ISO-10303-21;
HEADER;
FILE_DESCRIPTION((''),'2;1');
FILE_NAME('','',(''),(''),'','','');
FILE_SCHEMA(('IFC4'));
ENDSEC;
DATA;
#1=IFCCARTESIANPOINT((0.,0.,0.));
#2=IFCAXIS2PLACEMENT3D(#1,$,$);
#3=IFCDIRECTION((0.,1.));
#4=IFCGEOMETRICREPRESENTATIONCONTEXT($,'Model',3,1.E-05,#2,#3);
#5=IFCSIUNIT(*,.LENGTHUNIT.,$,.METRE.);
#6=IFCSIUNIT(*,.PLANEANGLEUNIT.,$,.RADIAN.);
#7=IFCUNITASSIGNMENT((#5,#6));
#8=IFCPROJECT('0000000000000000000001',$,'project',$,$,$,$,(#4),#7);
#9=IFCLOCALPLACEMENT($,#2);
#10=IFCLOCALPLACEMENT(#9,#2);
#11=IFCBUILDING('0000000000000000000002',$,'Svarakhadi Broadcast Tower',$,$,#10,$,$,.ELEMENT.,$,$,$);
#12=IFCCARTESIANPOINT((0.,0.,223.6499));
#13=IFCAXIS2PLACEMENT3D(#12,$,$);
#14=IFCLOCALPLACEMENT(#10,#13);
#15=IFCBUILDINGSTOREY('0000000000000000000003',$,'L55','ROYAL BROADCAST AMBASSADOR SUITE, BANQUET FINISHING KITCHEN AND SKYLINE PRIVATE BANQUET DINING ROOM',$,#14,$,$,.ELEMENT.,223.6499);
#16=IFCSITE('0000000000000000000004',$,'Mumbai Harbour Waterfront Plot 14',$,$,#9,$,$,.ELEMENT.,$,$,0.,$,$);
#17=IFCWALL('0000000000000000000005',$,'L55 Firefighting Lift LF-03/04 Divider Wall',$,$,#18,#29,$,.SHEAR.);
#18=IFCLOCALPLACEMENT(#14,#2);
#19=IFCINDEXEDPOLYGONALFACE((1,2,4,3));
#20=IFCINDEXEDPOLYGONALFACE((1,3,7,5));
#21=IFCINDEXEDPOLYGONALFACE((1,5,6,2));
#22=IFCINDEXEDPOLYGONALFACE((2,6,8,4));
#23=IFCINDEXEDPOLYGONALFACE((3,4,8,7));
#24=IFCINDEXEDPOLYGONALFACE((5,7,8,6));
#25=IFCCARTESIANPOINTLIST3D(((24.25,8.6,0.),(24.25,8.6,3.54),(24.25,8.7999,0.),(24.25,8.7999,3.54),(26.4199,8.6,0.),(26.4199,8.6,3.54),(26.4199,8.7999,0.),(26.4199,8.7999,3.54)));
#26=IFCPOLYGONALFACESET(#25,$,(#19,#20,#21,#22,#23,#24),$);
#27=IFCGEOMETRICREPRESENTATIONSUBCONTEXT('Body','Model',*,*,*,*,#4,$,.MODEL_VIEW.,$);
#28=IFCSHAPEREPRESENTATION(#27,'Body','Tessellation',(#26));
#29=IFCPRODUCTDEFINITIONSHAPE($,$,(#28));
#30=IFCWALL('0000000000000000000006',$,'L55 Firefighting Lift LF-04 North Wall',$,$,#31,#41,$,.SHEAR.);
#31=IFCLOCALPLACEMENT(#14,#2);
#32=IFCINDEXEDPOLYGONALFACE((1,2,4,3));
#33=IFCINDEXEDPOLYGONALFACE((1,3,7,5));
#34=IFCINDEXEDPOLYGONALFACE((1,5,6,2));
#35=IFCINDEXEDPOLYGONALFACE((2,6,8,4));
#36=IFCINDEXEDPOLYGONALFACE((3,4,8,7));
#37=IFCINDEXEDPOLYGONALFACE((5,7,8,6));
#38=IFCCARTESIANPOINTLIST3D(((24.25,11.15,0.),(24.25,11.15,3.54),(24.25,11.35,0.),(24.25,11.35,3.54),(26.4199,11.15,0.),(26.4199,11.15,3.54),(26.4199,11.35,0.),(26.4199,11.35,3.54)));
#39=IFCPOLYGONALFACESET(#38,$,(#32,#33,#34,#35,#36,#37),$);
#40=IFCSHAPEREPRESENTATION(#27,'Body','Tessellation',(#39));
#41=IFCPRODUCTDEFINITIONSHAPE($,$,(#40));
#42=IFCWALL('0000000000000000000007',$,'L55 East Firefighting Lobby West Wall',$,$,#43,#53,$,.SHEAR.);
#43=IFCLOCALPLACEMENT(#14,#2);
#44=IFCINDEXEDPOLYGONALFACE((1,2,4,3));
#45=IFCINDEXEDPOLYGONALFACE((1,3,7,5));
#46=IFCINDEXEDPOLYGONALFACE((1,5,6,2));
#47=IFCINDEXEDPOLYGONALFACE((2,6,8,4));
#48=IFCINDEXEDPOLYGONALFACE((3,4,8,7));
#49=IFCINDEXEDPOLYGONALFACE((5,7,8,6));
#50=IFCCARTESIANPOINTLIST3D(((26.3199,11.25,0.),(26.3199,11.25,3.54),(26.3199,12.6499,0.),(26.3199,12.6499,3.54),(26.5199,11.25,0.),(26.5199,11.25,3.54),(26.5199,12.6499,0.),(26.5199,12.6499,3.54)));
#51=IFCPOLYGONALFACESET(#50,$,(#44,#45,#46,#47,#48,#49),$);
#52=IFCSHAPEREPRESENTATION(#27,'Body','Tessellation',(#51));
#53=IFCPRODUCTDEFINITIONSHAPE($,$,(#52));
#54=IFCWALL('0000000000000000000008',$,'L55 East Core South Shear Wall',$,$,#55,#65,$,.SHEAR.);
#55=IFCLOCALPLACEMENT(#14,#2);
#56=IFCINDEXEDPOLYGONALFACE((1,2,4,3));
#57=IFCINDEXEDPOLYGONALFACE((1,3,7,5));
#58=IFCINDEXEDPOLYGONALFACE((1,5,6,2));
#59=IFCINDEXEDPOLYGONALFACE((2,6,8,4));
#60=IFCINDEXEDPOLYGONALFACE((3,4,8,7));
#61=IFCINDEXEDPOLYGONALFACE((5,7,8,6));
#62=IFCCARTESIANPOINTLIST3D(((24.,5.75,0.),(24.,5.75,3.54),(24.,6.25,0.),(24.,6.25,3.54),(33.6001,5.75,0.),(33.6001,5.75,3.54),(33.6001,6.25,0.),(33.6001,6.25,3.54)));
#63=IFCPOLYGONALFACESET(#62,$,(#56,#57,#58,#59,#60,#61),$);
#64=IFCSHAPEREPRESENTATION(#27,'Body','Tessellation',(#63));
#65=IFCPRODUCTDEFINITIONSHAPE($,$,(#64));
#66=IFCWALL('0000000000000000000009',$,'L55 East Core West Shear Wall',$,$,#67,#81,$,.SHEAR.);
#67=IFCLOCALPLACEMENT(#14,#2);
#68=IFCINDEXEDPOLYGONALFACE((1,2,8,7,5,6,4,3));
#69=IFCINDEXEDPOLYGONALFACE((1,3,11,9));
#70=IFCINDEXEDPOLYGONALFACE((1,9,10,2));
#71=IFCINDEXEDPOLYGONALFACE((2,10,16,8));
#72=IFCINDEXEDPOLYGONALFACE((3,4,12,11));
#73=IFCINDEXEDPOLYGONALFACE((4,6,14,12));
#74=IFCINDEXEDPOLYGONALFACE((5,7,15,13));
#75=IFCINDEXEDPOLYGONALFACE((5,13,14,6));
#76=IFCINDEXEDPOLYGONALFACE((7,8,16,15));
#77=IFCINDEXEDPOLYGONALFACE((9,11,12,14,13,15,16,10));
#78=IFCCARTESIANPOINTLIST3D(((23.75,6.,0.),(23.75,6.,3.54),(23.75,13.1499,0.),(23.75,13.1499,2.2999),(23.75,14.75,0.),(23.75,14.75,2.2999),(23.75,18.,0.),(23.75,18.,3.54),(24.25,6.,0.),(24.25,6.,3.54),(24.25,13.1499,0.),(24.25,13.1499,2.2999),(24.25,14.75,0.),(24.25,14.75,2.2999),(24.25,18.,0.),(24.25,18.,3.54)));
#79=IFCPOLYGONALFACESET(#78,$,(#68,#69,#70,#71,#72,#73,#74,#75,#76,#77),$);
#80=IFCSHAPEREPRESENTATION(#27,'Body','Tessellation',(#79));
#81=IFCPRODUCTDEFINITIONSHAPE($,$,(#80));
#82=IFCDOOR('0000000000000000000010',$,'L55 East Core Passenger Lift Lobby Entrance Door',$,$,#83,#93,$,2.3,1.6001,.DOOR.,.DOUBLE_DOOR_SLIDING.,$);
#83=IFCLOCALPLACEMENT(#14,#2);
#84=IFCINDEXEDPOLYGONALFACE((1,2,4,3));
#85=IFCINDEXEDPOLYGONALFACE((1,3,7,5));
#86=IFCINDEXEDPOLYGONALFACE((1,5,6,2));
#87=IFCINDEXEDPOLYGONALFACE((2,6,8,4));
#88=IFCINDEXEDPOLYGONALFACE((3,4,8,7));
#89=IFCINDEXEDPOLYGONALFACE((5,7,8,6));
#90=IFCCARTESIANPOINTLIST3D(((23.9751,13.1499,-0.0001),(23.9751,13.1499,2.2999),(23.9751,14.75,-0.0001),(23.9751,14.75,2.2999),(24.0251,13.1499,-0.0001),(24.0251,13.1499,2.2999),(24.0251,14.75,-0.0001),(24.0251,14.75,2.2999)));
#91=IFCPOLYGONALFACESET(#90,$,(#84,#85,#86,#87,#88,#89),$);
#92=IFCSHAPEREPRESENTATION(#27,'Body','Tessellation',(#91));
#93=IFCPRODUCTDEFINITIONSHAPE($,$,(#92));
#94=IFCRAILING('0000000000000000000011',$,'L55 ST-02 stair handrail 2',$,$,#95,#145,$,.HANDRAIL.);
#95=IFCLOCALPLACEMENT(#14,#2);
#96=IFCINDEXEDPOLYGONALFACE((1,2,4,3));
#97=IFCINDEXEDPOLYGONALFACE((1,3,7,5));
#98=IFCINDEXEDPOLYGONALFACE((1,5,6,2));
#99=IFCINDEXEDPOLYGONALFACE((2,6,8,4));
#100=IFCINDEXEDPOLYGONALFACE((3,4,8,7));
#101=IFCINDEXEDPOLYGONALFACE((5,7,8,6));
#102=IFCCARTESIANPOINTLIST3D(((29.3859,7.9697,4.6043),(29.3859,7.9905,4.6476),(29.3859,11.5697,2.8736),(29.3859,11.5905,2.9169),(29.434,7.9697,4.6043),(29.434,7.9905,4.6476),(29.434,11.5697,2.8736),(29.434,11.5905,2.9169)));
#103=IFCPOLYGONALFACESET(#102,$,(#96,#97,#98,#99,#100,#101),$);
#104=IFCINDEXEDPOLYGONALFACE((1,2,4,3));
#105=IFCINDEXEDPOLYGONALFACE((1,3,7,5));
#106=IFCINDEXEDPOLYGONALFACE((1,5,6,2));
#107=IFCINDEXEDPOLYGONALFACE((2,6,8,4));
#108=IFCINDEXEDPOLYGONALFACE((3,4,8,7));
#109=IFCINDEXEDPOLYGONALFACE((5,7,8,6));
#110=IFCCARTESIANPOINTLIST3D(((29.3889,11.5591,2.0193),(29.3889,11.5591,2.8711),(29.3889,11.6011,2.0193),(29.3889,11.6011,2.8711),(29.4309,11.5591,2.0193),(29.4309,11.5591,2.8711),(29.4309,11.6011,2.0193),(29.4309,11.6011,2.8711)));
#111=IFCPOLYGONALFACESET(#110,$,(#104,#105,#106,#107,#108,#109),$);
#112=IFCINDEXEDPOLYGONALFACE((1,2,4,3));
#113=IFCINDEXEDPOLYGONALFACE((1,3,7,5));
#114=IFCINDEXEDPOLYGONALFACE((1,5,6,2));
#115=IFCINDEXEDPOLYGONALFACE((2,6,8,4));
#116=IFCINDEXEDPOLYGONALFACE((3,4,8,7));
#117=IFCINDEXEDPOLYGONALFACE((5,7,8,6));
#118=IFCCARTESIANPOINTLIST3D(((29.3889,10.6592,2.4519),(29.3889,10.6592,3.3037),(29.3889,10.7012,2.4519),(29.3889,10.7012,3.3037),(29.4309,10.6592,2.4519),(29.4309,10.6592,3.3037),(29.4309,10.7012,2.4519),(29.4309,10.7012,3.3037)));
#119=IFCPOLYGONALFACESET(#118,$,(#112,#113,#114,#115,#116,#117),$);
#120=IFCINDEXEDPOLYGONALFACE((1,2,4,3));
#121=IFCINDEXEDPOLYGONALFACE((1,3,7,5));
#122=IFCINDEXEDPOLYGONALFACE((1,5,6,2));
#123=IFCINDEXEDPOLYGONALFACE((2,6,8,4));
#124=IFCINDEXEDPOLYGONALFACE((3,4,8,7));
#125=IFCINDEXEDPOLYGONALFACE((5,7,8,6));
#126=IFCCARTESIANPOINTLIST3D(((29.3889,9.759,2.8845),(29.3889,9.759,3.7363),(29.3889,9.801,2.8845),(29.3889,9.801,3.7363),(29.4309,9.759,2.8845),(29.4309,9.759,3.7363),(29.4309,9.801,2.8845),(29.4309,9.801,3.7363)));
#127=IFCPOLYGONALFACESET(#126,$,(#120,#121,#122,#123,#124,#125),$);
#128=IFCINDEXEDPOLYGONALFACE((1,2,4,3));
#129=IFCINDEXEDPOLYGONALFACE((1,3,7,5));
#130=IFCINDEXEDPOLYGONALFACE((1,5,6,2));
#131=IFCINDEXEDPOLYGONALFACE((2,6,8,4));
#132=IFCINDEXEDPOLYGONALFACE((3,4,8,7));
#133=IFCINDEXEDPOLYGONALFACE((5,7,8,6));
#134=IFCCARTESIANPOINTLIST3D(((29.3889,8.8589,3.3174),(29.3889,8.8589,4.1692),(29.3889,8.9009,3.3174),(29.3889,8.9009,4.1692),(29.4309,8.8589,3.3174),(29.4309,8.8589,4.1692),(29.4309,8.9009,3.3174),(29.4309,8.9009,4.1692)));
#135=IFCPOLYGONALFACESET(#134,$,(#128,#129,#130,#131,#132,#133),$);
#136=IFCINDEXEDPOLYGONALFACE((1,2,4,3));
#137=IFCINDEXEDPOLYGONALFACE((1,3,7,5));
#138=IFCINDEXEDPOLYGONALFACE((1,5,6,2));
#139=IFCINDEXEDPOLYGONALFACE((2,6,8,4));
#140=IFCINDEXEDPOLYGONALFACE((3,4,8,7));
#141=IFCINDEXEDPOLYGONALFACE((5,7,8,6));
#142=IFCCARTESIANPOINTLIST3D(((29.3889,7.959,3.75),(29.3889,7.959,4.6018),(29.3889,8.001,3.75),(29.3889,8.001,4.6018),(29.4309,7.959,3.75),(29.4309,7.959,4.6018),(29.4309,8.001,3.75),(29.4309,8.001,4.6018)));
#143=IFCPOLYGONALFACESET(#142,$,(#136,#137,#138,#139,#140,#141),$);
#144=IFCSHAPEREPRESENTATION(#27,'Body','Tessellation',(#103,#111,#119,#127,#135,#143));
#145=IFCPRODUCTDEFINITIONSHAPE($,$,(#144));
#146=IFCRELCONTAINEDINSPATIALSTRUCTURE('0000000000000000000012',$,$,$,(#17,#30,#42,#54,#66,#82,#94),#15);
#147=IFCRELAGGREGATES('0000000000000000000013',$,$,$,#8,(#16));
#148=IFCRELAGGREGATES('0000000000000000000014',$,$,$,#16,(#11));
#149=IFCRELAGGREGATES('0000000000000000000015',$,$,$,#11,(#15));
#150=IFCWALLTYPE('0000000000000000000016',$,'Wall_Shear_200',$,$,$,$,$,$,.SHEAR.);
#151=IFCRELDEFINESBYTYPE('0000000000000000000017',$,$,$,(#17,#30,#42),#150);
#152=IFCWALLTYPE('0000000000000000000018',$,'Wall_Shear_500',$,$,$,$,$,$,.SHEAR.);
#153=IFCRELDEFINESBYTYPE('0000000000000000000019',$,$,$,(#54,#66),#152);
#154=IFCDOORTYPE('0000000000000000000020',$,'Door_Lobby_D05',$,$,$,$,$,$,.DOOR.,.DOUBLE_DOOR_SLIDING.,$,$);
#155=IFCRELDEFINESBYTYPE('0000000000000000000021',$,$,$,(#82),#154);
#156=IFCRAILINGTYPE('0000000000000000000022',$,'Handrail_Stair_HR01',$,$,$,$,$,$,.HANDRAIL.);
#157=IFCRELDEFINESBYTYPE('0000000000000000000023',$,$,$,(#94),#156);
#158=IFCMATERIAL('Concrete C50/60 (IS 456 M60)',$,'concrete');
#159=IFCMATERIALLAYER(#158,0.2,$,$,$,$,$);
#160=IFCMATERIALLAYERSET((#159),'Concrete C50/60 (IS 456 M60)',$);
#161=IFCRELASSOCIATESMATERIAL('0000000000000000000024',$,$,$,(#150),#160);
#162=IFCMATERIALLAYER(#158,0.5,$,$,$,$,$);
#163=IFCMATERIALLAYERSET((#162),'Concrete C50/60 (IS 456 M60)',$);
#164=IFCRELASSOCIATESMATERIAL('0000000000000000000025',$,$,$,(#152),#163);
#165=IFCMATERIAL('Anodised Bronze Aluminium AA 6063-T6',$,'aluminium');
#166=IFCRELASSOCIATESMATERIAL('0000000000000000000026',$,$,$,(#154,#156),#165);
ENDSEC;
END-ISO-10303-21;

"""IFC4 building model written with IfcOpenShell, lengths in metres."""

from ifc_helpers import new_model, si_unit, direction, frame, frame_2d, origin, origin_2d, place, context, subcontext, project, spatial, rectangle, extrude, material, layer, layer_set, type_object, element, fill, save


model = new_model("IFC4")

# Units and contexts
model_context = context("Model", 3, precision=1e-05, world=origin(), true_north=direction((0.0, 1.0)))
body_context = subcontext(model_context, "Body", "Model", "MODEL_VIEW")
ifc_project = project(units=[si_unit("LENGTHUNIT", "METRE"), si_unit("PLANEANGLEUNIT", "RADIAN")], contexts=[model_context])

# Site, building, storey
site_placement = place(None, origin())
site = spatial("IfcSite", under=ifc_project, at=site_placement, Name="Mumbai Harbour Waterfront Plot 14", CompositionType="ELEMENT", RefElevation=0.0)
building_placement = place(site_placement, origin())
building = spatial("IfcBuilding", under=site, at=building_placement, Name="Svarakhadi Broadcast Tower", CompositionType="ELEMENT")
storey_placement = place(building_placement, frame((0.0, 0.0, 223.6499)))
storey = spatial("IfcBuildingStorey", under=building, at=storey_placement, Name="L55", Description="ROYAL BROADCAST AMBASSADOR SUITE, BANQUET FINISHING KITCHEN AND SKYLINE PRIVATE BANQUET DINING ROOM", CompositionType="ELEMENT", Elevation=223.6499)

# Shared definitions
ifc_material_1 = material(Name="Concrete C50/60 (IS 456 M60)", Category="concrete")

# Shared definitions
ifc_layer_1 = layer(ifc_material_1, 0.2)
ifc_layer_set_1 = layer_set([ifc_layer_1], Name="Concrete C50/60 (IS 456 M60)")
wall_type_1 = type_object("IfcWallType", Name="Wall_Shear_200", PredefinedType="SHEAR", material=ifc_layer_set_1)

# Walls
for number, where, z_axis, x_axis, name in (
    (1, (24.25, 8.7, 0.0), (0.0, 0.0, 1.0), (1.0, 0.0, 0.0), "L55 Firefighting Lift LF-03/04 Divider Wall"),
    (2, (24.25, 11.25, 0.0), (0.0, 0.0, 1.0), (1.0, 0.0, 0.0), "L55 Firefighting Lift LF-04 North Wall"),
):
    element("IfcWall", number, at=place(storey_placement, frame(where, z_axis=z_axis, x_axis=x_axis)), inside=storey, type_object=wall_type_1, Name=name, PredefinedType="SHEAR", context=body_context, shape_type="SweptSolid", body=[
        extrude(rectangle(XDim=2.1699, YDim=0.2, at=frame_2d((1.085, 0.0))), origin(), (0.0, 0.0, 1.0), 3.54),
    ])
wall_1_placement = place(storey_placement, frame((26.4199, 11.25, 0.0), z_axis=(0.0, 0.0, 1.0), x_axis=(0.0, 1.0, 0.0)))
element("IfcWall", 3, at=wall_1_placement, inside=storey, type_object=wall_type_1, Name="L55 East Firefighting Lobby West Wall", PredefinedType="SHEAR", context=body_context, shape_type="SweptSolid", body=[
    extrude(rectangle(XDim=1.3999, YDim=0.2, at=frame_2d((0.7, 0.0))), origin(), (0.0, 0.0, 1.0), 3.54),
])
ifc_layer_2 = layer(ifc_material_1, 0.5)
ifc_layer_set_2 = layer_set([ifc_layer_2], Name="Concrete C50/60 (IS 456 M60)")
wall_type_2 = type_object("IfcWallType", Name="Wall_Shear_500", PredefinedType="SHEAR", material=ifc_layer_set_2)
wall_2_placement = place(storey_placement, frame((24.0, 6.0, 0.0), z_axis=(0.0, 0.0, 1.0), x_axis=(1.0, 0.0, 0.0)))
element("IfcWall", 4, at=wall_2_placement, inside=storey, type_object=wall_type_2, Name="L55 East Core South Shear Wall", PredefinedType="SHEAR", context=body_context, shape_type="SweptSolid", body=[
    extrude(rectangle(XDim=9.6001, YDim=0.5, at=frame_2d((4.8, 0.0))), origin(), (0.0, 0.0, 1.0), 3.54),
])

# Wall, opening, door
wall_3_placement = place(storey_placement, frame((24.0, 6.0, 0.0), z_axis=(0.0, 0.0, 1.0), x_axis=(0.0, 1.0, 0.0)))
wall_3 = element("IfcWall", 5, at=wall_3_placement, inside=storey, type_object=wall_type_2, Name="L55 East Core West Shear Wall", PredefinedType="SHEAR", context=body_context, shape_type="SweptSolid", body=[
    extrude(rectangle(XDim=12.0, YDim=0.5, at=frame_2d((6.0, 0.0))), origin(), (0.0, 0.0, 1.0), 3.54),
])
opening_1_placement = place(wall_3_placement, frame((7.1499, 0.0, 0.0)))
opening_1 = element("IfcOpeningElement", 6, at=opening_1_placement, cuts=wall_3, PredefinedType="OPENING", context=body_context, shape_type="SweptSolid", body=[
    extrude(rectangle(XDim=1.6001, YDim=2.3, at=frame_2d((0.8, 1.1499))), frame((0.0, 0.26, 0.0), z_axis=(0.0, -1.0, 0.0), x_axis=(1.0, 0.0, 0.0)), (0.0, 0.0, 1.0), 0.52),
])
ifc_material_2 = material(Name="Anodised Bronze Aluminium AA 6063-T6", Category="aluminium")
door_type_1 = type_object("IfcDoorType", Name="Door_Lobby_D05", OperationType="DOUBLE_DOOR_SLIDING", PredefinedType="DOOR", material=ifc_material_2)
door_1_placement = place(opening_1_placement, origin())
door_1 = element("IfcDoor", 7, at=door_1_placement, inside=storey, type_object=door_type_1, Name="L55 East Core Passenger Lift Lobby Entrance Door", OperationType="DOUBLE_DOOR_SLIDING", OverallHeight=2.3, OverallWidth=1.6001, PredefinedType="DOOR", context=body_context, shape_type="SweptSolid", body=[
    extrude(rectangle(XDim=1.6001, YDim=2.3, at=frame_2d((0.8, 1.1499))), frame((0.0, 0.0249, 0.0), z_axis=(0.0, -1.0, 0.0), x_axis=(1.0, 0.0, 0.0)), (0.0, 0.0, 1.0), 0.05),
])
fill(opening_1, door_1)

# Railing
railing_type = type_object("IfcRailingType", Name="Handrail_Stair_HR01", PredefinedType="HANDRAIL", material=ifc_material_2)
railing_placement = place(storey_placement, frame((29.4099, 11.5801, 2.0193)))
element("IfcRailing", 8, at=railing_placement, inside=storey, type_object=railing_type, Name="L55 ST-02 stair handrail 2", PredefinedType="HANDRAIL", context=body_context, shape_type="SweptSolid", body=[
    extrude(rectangle(XDim=0.0481, YDim=0.0481, at=origin_2d()), frame((0.0, 0.0, 0.876), z_axis=(0.0, -0.901263, 0.433273), x_axis=(1.0, 0.0, 0.0)), (0.0, 0.0, 1.0), 3.9944),
    extrude(rectangle(XDim=0.042, YDim=0.042, at=origin_2d()), origin(), (0.0, 0.0, 1.0), 0.8518),
    extrude(rectangle(XDim=0.042, YDim=0.042, at=origin_2d()), frame((0.0, -0.8999, 0.4326)), (0.0, 0.0, 1.0), 0.8518),
    extrude(rectangle(XDim=0.042, YDim=0.042, at=origin_2d()), frame((0.0, -1.8, 0.8652)), (0.0, 0.0, 1.0), 0.8518),
    extrude(rectangle(XDim=0.042, YDim=0.042, at=origin_2d()), frame((0.0, -2.7002, 1.2981)), (0.0, 0.0, 1.0), 0.8518),
    extrude(rectangle(XDim=0.042, YDim=0.042, at=origin_2d()), frame((0.0, -3.6001, 1.7307)), (0.0, 0.0, 1.0), 0.8518),
])

save(model, "model.ifc")
